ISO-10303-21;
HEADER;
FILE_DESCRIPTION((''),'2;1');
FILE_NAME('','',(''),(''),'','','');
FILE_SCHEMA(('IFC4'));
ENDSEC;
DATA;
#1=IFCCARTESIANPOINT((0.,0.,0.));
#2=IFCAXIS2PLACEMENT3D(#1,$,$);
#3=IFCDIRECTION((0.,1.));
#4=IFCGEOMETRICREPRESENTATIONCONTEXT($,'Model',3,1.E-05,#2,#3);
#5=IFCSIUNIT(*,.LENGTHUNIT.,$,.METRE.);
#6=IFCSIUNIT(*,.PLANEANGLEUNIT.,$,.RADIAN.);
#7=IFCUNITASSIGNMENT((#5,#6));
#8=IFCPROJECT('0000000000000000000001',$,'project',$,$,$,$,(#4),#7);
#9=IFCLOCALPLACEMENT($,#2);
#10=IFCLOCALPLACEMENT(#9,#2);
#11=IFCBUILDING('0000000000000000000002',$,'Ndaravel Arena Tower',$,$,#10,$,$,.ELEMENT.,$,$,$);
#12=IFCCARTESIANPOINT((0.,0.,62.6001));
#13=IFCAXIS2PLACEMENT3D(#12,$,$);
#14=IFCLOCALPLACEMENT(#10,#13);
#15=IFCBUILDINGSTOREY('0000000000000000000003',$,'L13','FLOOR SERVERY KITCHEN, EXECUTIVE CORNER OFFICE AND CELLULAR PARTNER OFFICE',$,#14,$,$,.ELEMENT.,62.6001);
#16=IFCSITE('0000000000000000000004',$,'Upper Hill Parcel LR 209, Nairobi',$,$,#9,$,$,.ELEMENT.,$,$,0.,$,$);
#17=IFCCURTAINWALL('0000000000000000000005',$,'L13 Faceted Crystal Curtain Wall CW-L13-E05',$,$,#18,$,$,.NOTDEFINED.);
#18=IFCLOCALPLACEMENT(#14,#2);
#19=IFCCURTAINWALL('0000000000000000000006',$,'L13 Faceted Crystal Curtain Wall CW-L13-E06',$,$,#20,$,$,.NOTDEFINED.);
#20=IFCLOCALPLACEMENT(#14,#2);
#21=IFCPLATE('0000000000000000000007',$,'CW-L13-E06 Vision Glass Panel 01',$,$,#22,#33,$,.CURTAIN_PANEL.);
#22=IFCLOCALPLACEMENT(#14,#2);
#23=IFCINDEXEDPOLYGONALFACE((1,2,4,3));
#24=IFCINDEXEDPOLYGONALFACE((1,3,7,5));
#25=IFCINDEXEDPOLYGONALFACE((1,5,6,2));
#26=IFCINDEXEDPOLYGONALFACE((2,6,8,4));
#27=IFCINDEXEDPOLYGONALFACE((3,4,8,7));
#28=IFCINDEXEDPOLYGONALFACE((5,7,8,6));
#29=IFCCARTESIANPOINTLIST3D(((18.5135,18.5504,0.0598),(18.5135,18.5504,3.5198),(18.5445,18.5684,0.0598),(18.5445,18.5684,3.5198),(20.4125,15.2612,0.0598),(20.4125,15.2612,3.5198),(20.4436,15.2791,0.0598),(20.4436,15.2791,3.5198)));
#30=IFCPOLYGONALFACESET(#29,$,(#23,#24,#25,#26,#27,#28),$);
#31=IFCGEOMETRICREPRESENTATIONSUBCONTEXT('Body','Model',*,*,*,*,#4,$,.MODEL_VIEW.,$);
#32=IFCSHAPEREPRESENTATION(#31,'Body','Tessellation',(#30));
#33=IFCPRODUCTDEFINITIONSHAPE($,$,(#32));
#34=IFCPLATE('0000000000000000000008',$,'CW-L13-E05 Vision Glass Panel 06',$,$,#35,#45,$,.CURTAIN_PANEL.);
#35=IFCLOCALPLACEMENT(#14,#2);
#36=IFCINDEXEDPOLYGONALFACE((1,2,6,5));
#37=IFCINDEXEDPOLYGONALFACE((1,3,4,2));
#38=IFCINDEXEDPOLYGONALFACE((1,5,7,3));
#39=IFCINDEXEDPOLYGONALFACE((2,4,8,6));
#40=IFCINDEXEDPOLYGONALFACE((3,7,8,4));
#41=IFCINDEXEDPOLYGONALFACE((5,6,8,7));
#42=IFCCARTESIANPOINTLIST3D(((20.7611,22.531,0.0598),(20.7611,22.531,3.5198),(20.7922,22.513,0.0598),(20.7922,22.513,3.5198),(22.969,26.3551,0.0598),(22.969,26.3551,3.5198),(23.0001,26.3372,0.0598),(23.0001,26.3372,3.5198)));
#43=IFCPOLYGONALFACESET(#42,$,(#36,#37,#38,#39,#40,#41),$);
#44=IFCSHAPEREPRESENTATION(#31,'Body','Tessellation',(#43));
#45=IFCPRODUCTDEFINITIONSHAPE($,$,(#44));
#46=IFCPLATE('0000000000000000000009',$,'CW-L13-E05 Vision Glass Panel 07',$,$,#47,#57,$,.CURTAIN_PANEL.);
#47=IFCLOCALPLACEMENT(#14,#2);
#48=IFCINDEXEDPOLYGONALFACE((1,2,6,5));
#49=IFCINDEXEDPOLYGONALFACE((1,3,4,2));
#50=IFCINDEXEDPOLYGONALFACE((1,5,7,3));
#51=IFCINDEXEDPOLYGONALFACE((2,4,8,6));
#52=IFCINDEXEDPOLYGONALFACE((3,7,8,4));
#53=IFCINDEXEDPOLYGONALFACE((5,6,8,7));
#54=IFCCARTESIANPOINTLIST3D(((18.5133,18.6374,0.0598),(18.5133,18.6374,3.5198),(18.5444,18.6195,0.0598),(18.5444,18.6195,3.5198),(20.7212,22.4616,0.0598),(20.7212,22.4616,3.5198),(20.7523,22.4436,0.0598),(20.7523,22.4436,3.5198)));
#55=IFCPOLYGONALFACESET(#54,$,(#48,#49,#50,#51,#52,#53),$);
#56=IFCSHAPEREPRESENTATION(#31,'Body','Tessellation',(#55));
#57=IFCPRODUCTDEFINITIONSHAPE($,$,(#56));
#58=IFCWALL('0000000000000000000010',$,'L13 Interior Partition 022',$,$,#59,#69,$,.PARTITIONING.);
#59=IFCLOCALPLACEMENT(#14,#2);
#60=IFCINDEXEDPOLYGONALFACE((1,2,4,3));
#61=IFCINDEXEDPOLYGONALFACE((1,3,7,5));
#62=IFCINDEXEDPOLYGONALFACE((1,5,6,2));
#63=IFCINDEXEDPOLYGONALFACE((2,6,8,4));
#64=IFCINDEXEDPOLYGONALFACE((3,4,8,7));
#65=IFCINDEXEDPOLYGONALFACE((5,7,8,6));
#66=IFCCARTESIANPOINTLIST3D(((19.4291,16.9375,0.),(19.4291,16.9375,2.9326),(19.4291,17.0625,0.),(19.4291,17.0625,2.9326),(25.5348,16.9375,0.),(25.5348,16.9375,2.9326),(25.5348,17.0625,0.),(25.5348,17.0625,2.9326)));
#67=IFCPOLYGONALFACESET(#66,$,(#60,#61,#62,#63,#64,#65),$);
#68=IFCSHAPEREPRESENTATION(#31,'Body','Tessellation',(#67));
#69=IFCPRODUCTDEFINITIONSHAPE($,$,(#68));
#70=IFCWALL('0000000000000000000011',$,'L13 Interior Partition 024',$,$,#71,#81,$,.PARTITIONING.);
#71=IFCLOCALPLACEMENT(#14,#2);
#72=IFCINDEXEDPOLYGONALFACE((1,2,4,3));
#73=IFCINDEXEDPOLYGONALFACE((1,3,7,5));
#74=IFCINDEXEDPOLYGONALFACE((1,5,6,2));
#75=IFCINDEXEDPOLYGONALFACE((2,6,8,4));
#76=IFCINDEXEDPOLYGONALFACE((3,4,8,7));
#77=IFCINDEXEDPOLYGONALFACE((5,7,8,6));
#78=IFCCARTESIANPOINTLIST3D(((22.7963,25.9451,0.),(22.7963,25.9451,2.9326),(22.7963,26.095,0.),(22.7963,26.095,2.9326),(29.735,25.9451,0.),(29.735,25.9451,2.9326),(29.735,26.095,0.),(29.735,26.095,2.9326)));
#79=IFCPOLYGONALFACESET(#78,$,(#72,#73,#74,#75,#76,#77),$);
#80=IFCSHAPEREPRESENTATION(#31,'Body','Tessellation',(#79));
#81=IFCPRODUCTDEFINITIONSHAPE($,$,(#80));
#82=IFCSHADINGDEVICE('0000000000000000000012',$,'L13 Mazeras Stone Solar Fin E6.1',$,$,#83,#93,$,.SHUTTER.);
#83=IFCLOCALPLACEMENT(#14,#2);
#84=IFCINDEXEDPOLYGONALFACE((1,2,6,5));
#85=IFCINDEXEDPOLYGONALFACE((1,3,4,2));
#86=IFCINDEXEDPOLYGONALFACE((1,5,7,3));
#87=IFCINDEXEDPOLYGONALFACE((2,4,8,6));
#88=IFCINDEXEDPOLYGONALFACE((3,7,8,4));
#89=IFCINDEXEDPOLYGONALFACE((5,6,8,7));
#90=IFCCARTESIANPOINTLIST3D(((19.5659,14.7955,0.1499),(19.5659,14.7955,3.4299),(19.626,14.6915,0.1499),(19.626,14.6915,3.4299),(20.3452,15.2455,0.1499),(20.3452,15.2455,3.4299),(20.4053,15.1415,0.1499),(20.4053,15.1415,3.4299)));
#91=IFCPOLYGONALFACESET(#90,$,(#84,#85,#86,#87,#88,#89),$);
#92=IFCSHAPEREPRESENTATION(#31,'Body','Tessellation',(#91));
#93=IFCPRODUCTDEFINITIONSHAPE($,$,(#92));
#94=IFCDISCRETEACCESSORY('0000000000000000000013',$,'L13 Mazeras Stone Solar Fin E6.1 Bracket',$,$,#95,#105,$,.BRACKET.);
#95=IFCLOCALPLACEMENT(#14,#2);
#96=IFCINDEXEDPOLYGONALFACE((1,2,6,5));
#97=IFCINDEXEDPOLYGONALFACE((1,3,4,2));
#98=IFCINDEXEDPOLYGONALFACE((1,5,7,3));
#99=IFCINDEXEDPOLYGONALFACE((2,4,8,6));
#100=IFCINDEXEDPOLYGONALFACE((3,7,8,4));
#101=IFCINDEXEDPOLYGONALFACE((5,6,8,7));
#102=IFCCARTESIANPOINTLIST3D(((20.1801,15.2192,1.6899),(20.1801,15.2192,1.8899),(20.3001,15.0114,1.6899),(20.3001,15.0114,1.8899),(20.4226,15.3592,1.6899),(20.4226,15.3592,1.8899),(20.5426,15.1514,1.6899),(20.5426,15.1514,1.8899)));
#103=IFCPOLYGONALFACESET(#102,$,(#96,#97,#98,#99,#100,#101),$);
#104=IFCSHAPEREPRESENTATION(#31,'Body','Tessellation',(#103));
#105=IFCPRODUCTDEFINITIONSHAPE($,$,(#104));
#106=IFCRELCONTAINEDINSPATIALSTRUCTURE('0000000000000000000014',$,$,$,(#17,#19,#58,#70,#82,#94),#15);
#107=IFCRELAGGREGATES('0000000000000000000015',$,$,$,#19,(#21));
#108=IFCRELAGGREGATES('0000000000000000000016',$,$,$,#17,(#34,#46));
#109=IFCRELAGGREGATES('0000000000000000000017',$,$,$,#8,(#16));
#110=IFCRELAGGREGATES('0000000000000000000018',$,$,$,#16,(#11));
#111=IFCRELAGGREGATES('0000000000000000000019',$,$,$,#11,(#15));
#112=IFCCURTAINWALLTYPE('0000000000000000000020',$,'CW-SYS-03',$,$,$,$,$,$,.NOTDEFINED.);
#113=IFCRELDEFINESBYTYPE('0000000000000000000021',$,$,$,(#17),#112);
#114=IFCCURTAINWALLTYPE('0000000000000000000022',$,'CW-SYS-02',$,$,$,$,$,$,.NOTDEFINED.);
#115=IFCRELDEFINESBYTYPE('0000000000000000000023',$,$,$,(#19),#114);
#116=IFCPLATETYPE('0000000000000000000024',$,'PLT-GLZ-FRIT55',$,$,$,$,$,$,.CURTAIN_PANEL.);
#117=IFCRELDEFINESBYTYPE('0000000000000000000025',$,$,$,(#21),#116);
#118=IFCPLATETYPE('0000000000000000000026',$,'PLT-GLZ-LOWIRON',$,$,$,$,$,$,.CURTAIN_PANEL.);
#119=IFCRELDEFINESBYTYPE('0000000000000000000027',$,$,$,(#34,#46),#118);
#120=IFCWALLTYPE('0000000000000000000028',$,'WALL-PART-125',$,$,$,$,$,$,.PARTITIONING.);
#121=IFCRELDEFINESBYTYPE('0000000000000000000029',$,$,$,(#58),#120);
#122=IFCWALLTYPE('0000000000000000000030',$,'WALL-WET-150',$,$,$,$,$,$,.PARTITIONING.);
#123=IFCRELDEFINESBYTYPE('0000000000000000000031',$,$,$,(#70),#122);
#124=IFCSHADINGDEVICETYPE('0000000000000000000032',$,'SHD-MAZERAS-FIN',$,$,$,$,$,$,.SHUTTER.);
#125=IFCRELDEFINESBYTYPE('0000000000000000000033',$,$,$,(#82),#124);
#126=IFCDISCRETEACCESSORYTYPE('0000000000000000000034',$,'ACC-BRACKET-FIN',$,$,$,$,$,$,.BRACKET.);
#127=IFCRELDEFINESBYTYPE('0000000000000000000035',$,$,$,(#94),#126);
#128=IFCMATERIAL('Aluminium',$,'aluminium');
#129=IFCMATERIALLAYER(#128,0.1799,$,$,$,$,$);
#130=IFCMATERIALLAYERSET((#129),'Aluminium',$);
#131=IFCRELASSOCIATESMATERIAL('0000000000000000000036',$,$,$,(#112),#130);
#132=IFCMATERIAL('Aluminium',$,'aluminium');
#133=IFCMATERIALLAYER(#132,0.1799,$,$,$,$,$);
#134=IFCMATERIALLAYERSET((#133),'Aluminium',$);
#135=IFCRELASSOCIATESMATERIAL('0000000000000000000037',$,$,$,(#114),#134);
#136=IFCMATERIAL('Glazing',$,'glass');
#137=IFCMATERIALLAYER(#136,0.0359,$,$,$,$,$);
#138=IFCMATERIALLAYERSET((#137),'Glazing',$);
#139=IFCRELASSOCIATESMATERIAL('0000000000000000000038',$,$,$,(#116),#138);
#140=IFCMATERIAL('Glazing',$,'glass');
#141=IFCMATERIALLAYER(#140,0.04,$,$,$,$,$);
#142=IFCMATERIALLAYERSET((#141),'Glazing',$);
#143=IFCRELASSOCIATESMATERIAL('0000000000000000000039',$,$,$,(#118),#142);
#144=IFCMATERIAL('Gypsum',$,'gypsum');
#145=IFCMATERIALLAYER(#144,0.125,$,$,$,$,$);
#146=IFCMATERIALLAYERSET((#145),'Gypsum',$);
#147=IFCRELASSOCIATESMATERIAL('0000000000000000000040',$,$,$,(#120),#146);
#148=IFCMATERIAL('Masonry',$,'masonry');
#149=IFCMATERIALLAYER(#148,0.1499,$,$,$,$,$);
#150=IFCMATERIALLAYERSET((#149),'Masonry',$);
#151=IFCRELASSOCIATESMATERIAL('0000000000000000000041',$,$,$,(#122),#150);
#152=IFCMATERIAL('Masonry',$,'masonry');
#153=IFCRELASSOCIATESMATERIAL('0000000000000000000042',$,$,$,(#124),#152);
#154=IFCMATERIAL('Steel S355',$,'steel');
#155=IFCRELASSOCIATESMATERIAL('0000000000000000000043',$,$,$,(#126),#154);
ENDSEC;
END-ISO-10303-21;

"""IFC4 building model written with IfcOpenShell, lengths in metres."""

from ifc_helpers import new_model, si_unit, direction, frame, frame_2d, origin, origin_2d, place, context, subcontext, project, spatial, rectangle, extrude, material, layer, layer_set, type_object, element, aggregate, save


model = new_model("IFC4")

# Units and contexts
model_context = context("Model", 3, precision=1e-05, world=origin(), true_north=direction((0.0, 1.0)))
body_context = subcontext(model_context, "Body", "Model", "MODEL_VIEW")
ifc_project = project(units=[si_unit("LENGTHUNIT", "METRE"), si_unit("PLANEANGLEUNIT", "RADIAN")], contexts=[model_context])

# Site, building, storey
site_placement = place(None, origin())
site = spatial("IfcSite", under=ifc_project, at=site_placement, Name="Upper Hill Parcel LR 209, Nairobi", CompositionType="ELEMENT", RefElevation=0.0)
building_placement = place(site_placement, origin())
building = spatial("IfcBuilding", under=site, at=building_placement, Name="Ndaravel Arena Tower", CompositionType="ELEMENT")
storey_placement = place(building_placement, frame((0.0, 0.0, 62.6001)))
storey = spatial("IfcBuildingStorey", under=building, at=storey_placement, Name="L13", Description="FLOOR SERVERY KITCHEN, EXECUTIVE CORNER OFFICE AND CELLULAR PARTNER OFFICE", CompositionType="ELEMENT", Elevation=62.6001)

# Curtain wall
ifc_material_1 = material(Name="Aluminium", Category="aluminium")
ifc_layer_1 = layer(ifc_material_1, 0.1799)
ifc_layer_set_1 = layer_set([ifc_layer_1], Name="Aluminium")
curtain_wall_type_1 = type_object("IfcCurtainWallType", Name="CW-SYS-03", PredefinedType="NOTDEFINED", material=ifc_layer_set_1)
curtain_wall_1_placement = place(storey_placement, origin())
curtain_wall_1 = element("IfcCurtainWall", 1, at=curtain_wall_1_placement, inside=storey, type_object=curtain_wall_type_1, Name="L13 Faceted Crystal Curtain Wall CW-L13-E05", PredefinedType="NOTDEFINED")

# Curtain wall, plate
ifc_material_2 = material(Name="Aluminium", Category="aluminium")
ifc_layer_2 = layer(ifc_material_2, 0.1799)
ifc_layer_set_2 = layer_set([ifc_layer_2], Name="Aluminium")
curtain_wall_type_2 = type_object("IfcCurtainWallType", Name="CW-SYS-02", PredefinedType="NOTDEFINED", material=ifc_layer_set_2)
curtain_wall_2_placement = place(storey_placement, origin())
curtain_wall_2 = element("IfcCurtainWall", 2, at=curtain_wall_2_placement, inside=storey, type_object=curtain_wall_type_2, Name="L13 Faceted Crystal Curtain Wall CW-L13-E06", PredefinedType="NOTDEFINED")
ifc_material_3 = material(Name="Glazing", Category="glass")
ifc_layer_3 = layer(ifc_material_3, 0.0359)
ifc_layer_set_3 = layer_set([ifc_layer_3], Name="Glazing")
plate_type_1 = type_object("IfcPlateType", Name="PLT-GLZ-FRIT55", PredefinedType="CURTAIN_PANEL", material=ifc_layer_set_3)
plate_1_placement = place(storey_placement, frame((19.4785, 16.9148, 0.0598), z_axis=(0.0, 0.0, 1.0), x_axis=(0.5, -0.866025, 0.0)))
plate_1 = element("IfcPlate", 3, at=plate_1_placement, type_object=plate_type_1, Name="CW-L13-E06 Vision Glass Panel 01", PredefinedType="CURTAIN_PANEL", context=body_context, shape_type="SweptSolid", body=[
    extrude(rectangle(XDim=3.7981, YDim=0.0359, at=origin_2d()), origin(), (0.0, 0.0, 1.0), 3.46),
])
aggregate(curtain_wall_2, [plate_1])

# Plates
ifc_material_4 = material(Name="Glazing", Category="glass")
ifc_layer_4 = layer(ifc_material_4, 0.04)
ifc_layer_set_4 = layer_set([ifc_layer_4], Name="Glazing")
plate_type_2 = type_object("IfcPlateType", Name="PLT-GLZ-LOWIRON", PredefinedType="CURTAIN_PANEL", material=ifc_layer_set_4)
plate_2_placement = place(storey_placement, frame((21.8806, 24.4341, 0.0598), z_axis=(0.0, 0.0, 1.0), x_axis=(-0.5, -0.866025, 0.0)))
plate_2 = element("IfcPlate", 4, at=plate_2_placement, type_object=plate_type_2, Name="CW-L13-E05 Vision Glass Panel 06", PredefinedType="CURTAIN_PANEL", context=body_context, shape_type="SweptSolid", body=[
    extrude(rectangle(XDim=4.4158, YDim=0.0359, at=origin_2d()), origin(), (0.0, 0.0, 1.0), 3.46),
])
plate_3_placement = place(storey_placement, frame((19.6328, 20.5405, 0.0598), z_axis=(0.0, 0.0, 1.0), x_axis=(-0.5, -0.866025, 0.0)))
plate_3 = element("IfcPlate", 5, at=plate_3_placement, type_object=plate_type_2, Name="CW-L13-E05 Vision Glass Panel 07", PredefinedType="CURTAIN_PANEL", context=body_context, shape_type="SweptSolid", body=[
    extrude(rectangle(XDim=4.4158, YDim=0.0359, at=origin_2d()), origin(), (0.0, 0.0, 1.0), 3.46),
])
aggregate(curtain_wall_1, [plate_2, plate_3])

# Walls
ifc_material_5 = material(Name="Gypsum", Category="gypsum")
ifc_layer_5 = layer(ifc_material_5, 0.125)
ifc_layer_set_5 = layer_set([ifc_layer_5], Name="Gypsum")
wall_type_1 = type_object("IfcWallType", Name="WALL-PART-125", PredefinedType="PARTITIONING", material=ifc_layer_set_5)
wall_1_placement = place(storey_placement, frame((19.4292, 17.0, 0.0), z_axis=(0.0, 0.0, 1.0), x_axis=(1.0, 0.0, 0.0)))
element("IfcWall", 6, at=wall_1_placement, inside=storey, type_object=wall_type_1, Name="L13 Interior Partition 022", PredefinedType="PARTITIONING", context=body_context, shape_type="SweptSolid", body=[
    extrude(rectangle(XDim=6.1057, YDim=0.125, at=frame_2d((3.0527, 0.0))), origin(), (0.0, 0.0, 1.0), 2.9326),
])
ifc_material_6 = material(Name="Masonry", Category="masonry")
ifc_layer_6 = layer(ifc_material_6, 0.1499)
ifc_layer_set_6 = layer_set([ifc_layer_6], Name="Masonry")
wall_type_2 = type_object("IfcWallType", Name="WALL-WET-150", PredefinedType="PARTITIONING", material=ifc_layer_set_6)
wall_2_placement = place(storey_placement, frame((22.7964, 26.02, 0.0), z_axis=(0.0, 0.0, 1.0), x_axis=(1.0, 0.0, 0.0)))
element("IfcWall", 7, at=wall_2_placement, inside=storey, type_object=wall_type_2, Name="L13 Interior Partition 024", PredefinedType="PARTITIONING", context=body_context, shape_type="SweptSolid", body=[
    extrude(rectangle(XDim=6.9387, YDim=0.1499, at=frame_2d((3.4692, 0.0))), origin(), (0.0, 0.0, 1.0), 2.9326),
])

# Shading device
ifc_material_7 = material(Name="Masonry", Category="masonry")
shading_device_type = type_object("IfcShadingDeviceType", Name="SHD-MAZERAS-FIN", PredefinedType="SHUTTER", material=ifc_material_7)
shading_device_placement = place(storey_placement, frame((19.9856, 14.9685, 0.1499), z_axis=(0.0, 0.0, 1.0), x_axis=(-0.866025, -0.5, 0.0)))
element("IfcShadingDevice", 8, at=shading_device_placement, inside=storey, type_object=shading_device_type, Name="L13 Mazeras Stone Solar Fin E6.1", PredefinedType="SHUTTER", context=body_context, shape_type="SweptSolid", body=[
    extrude(rectangle(XDim=0.8999, YDim=0.1201, at=origin_2d()), origin(), (0.0, 0.0, 1.0), 3.28),
])

# Discrete accessory
ifc_material_8 = material(Name="Steel S355", Category="steel")
discrete_accessory_type = type_object("IfcDiscreteAccessoryType", Name="ACC-BRACKET-FIN", PredefinedType="BRACKET", material=ifc_material_8)
discrete_accessory_placement = place(storey_placement, frame((20.3613, 15.1853, 1.6899), z_axis=(0.0, 0.0, 1.0), x_axis=(-0.866025, -0.5, 0.0)))
element("IfcDiscreteAccessory", 9, at=discrete_accessory_placement, inside=storey, type_object=discrete_accessory_type, Name="L13 Mazeras Stone Solar Fin E6.1 Bracket", PredefinedType="BRACKET", context=body_context, shape_type="SweptSolid", body=[
    extrude(rectangle(XDim=0.28, YDim=0.24, at=origin_2d()), origin(), (0.0, 0.0, 1.0), 0.2),
])

save(model, "model.ifc")
